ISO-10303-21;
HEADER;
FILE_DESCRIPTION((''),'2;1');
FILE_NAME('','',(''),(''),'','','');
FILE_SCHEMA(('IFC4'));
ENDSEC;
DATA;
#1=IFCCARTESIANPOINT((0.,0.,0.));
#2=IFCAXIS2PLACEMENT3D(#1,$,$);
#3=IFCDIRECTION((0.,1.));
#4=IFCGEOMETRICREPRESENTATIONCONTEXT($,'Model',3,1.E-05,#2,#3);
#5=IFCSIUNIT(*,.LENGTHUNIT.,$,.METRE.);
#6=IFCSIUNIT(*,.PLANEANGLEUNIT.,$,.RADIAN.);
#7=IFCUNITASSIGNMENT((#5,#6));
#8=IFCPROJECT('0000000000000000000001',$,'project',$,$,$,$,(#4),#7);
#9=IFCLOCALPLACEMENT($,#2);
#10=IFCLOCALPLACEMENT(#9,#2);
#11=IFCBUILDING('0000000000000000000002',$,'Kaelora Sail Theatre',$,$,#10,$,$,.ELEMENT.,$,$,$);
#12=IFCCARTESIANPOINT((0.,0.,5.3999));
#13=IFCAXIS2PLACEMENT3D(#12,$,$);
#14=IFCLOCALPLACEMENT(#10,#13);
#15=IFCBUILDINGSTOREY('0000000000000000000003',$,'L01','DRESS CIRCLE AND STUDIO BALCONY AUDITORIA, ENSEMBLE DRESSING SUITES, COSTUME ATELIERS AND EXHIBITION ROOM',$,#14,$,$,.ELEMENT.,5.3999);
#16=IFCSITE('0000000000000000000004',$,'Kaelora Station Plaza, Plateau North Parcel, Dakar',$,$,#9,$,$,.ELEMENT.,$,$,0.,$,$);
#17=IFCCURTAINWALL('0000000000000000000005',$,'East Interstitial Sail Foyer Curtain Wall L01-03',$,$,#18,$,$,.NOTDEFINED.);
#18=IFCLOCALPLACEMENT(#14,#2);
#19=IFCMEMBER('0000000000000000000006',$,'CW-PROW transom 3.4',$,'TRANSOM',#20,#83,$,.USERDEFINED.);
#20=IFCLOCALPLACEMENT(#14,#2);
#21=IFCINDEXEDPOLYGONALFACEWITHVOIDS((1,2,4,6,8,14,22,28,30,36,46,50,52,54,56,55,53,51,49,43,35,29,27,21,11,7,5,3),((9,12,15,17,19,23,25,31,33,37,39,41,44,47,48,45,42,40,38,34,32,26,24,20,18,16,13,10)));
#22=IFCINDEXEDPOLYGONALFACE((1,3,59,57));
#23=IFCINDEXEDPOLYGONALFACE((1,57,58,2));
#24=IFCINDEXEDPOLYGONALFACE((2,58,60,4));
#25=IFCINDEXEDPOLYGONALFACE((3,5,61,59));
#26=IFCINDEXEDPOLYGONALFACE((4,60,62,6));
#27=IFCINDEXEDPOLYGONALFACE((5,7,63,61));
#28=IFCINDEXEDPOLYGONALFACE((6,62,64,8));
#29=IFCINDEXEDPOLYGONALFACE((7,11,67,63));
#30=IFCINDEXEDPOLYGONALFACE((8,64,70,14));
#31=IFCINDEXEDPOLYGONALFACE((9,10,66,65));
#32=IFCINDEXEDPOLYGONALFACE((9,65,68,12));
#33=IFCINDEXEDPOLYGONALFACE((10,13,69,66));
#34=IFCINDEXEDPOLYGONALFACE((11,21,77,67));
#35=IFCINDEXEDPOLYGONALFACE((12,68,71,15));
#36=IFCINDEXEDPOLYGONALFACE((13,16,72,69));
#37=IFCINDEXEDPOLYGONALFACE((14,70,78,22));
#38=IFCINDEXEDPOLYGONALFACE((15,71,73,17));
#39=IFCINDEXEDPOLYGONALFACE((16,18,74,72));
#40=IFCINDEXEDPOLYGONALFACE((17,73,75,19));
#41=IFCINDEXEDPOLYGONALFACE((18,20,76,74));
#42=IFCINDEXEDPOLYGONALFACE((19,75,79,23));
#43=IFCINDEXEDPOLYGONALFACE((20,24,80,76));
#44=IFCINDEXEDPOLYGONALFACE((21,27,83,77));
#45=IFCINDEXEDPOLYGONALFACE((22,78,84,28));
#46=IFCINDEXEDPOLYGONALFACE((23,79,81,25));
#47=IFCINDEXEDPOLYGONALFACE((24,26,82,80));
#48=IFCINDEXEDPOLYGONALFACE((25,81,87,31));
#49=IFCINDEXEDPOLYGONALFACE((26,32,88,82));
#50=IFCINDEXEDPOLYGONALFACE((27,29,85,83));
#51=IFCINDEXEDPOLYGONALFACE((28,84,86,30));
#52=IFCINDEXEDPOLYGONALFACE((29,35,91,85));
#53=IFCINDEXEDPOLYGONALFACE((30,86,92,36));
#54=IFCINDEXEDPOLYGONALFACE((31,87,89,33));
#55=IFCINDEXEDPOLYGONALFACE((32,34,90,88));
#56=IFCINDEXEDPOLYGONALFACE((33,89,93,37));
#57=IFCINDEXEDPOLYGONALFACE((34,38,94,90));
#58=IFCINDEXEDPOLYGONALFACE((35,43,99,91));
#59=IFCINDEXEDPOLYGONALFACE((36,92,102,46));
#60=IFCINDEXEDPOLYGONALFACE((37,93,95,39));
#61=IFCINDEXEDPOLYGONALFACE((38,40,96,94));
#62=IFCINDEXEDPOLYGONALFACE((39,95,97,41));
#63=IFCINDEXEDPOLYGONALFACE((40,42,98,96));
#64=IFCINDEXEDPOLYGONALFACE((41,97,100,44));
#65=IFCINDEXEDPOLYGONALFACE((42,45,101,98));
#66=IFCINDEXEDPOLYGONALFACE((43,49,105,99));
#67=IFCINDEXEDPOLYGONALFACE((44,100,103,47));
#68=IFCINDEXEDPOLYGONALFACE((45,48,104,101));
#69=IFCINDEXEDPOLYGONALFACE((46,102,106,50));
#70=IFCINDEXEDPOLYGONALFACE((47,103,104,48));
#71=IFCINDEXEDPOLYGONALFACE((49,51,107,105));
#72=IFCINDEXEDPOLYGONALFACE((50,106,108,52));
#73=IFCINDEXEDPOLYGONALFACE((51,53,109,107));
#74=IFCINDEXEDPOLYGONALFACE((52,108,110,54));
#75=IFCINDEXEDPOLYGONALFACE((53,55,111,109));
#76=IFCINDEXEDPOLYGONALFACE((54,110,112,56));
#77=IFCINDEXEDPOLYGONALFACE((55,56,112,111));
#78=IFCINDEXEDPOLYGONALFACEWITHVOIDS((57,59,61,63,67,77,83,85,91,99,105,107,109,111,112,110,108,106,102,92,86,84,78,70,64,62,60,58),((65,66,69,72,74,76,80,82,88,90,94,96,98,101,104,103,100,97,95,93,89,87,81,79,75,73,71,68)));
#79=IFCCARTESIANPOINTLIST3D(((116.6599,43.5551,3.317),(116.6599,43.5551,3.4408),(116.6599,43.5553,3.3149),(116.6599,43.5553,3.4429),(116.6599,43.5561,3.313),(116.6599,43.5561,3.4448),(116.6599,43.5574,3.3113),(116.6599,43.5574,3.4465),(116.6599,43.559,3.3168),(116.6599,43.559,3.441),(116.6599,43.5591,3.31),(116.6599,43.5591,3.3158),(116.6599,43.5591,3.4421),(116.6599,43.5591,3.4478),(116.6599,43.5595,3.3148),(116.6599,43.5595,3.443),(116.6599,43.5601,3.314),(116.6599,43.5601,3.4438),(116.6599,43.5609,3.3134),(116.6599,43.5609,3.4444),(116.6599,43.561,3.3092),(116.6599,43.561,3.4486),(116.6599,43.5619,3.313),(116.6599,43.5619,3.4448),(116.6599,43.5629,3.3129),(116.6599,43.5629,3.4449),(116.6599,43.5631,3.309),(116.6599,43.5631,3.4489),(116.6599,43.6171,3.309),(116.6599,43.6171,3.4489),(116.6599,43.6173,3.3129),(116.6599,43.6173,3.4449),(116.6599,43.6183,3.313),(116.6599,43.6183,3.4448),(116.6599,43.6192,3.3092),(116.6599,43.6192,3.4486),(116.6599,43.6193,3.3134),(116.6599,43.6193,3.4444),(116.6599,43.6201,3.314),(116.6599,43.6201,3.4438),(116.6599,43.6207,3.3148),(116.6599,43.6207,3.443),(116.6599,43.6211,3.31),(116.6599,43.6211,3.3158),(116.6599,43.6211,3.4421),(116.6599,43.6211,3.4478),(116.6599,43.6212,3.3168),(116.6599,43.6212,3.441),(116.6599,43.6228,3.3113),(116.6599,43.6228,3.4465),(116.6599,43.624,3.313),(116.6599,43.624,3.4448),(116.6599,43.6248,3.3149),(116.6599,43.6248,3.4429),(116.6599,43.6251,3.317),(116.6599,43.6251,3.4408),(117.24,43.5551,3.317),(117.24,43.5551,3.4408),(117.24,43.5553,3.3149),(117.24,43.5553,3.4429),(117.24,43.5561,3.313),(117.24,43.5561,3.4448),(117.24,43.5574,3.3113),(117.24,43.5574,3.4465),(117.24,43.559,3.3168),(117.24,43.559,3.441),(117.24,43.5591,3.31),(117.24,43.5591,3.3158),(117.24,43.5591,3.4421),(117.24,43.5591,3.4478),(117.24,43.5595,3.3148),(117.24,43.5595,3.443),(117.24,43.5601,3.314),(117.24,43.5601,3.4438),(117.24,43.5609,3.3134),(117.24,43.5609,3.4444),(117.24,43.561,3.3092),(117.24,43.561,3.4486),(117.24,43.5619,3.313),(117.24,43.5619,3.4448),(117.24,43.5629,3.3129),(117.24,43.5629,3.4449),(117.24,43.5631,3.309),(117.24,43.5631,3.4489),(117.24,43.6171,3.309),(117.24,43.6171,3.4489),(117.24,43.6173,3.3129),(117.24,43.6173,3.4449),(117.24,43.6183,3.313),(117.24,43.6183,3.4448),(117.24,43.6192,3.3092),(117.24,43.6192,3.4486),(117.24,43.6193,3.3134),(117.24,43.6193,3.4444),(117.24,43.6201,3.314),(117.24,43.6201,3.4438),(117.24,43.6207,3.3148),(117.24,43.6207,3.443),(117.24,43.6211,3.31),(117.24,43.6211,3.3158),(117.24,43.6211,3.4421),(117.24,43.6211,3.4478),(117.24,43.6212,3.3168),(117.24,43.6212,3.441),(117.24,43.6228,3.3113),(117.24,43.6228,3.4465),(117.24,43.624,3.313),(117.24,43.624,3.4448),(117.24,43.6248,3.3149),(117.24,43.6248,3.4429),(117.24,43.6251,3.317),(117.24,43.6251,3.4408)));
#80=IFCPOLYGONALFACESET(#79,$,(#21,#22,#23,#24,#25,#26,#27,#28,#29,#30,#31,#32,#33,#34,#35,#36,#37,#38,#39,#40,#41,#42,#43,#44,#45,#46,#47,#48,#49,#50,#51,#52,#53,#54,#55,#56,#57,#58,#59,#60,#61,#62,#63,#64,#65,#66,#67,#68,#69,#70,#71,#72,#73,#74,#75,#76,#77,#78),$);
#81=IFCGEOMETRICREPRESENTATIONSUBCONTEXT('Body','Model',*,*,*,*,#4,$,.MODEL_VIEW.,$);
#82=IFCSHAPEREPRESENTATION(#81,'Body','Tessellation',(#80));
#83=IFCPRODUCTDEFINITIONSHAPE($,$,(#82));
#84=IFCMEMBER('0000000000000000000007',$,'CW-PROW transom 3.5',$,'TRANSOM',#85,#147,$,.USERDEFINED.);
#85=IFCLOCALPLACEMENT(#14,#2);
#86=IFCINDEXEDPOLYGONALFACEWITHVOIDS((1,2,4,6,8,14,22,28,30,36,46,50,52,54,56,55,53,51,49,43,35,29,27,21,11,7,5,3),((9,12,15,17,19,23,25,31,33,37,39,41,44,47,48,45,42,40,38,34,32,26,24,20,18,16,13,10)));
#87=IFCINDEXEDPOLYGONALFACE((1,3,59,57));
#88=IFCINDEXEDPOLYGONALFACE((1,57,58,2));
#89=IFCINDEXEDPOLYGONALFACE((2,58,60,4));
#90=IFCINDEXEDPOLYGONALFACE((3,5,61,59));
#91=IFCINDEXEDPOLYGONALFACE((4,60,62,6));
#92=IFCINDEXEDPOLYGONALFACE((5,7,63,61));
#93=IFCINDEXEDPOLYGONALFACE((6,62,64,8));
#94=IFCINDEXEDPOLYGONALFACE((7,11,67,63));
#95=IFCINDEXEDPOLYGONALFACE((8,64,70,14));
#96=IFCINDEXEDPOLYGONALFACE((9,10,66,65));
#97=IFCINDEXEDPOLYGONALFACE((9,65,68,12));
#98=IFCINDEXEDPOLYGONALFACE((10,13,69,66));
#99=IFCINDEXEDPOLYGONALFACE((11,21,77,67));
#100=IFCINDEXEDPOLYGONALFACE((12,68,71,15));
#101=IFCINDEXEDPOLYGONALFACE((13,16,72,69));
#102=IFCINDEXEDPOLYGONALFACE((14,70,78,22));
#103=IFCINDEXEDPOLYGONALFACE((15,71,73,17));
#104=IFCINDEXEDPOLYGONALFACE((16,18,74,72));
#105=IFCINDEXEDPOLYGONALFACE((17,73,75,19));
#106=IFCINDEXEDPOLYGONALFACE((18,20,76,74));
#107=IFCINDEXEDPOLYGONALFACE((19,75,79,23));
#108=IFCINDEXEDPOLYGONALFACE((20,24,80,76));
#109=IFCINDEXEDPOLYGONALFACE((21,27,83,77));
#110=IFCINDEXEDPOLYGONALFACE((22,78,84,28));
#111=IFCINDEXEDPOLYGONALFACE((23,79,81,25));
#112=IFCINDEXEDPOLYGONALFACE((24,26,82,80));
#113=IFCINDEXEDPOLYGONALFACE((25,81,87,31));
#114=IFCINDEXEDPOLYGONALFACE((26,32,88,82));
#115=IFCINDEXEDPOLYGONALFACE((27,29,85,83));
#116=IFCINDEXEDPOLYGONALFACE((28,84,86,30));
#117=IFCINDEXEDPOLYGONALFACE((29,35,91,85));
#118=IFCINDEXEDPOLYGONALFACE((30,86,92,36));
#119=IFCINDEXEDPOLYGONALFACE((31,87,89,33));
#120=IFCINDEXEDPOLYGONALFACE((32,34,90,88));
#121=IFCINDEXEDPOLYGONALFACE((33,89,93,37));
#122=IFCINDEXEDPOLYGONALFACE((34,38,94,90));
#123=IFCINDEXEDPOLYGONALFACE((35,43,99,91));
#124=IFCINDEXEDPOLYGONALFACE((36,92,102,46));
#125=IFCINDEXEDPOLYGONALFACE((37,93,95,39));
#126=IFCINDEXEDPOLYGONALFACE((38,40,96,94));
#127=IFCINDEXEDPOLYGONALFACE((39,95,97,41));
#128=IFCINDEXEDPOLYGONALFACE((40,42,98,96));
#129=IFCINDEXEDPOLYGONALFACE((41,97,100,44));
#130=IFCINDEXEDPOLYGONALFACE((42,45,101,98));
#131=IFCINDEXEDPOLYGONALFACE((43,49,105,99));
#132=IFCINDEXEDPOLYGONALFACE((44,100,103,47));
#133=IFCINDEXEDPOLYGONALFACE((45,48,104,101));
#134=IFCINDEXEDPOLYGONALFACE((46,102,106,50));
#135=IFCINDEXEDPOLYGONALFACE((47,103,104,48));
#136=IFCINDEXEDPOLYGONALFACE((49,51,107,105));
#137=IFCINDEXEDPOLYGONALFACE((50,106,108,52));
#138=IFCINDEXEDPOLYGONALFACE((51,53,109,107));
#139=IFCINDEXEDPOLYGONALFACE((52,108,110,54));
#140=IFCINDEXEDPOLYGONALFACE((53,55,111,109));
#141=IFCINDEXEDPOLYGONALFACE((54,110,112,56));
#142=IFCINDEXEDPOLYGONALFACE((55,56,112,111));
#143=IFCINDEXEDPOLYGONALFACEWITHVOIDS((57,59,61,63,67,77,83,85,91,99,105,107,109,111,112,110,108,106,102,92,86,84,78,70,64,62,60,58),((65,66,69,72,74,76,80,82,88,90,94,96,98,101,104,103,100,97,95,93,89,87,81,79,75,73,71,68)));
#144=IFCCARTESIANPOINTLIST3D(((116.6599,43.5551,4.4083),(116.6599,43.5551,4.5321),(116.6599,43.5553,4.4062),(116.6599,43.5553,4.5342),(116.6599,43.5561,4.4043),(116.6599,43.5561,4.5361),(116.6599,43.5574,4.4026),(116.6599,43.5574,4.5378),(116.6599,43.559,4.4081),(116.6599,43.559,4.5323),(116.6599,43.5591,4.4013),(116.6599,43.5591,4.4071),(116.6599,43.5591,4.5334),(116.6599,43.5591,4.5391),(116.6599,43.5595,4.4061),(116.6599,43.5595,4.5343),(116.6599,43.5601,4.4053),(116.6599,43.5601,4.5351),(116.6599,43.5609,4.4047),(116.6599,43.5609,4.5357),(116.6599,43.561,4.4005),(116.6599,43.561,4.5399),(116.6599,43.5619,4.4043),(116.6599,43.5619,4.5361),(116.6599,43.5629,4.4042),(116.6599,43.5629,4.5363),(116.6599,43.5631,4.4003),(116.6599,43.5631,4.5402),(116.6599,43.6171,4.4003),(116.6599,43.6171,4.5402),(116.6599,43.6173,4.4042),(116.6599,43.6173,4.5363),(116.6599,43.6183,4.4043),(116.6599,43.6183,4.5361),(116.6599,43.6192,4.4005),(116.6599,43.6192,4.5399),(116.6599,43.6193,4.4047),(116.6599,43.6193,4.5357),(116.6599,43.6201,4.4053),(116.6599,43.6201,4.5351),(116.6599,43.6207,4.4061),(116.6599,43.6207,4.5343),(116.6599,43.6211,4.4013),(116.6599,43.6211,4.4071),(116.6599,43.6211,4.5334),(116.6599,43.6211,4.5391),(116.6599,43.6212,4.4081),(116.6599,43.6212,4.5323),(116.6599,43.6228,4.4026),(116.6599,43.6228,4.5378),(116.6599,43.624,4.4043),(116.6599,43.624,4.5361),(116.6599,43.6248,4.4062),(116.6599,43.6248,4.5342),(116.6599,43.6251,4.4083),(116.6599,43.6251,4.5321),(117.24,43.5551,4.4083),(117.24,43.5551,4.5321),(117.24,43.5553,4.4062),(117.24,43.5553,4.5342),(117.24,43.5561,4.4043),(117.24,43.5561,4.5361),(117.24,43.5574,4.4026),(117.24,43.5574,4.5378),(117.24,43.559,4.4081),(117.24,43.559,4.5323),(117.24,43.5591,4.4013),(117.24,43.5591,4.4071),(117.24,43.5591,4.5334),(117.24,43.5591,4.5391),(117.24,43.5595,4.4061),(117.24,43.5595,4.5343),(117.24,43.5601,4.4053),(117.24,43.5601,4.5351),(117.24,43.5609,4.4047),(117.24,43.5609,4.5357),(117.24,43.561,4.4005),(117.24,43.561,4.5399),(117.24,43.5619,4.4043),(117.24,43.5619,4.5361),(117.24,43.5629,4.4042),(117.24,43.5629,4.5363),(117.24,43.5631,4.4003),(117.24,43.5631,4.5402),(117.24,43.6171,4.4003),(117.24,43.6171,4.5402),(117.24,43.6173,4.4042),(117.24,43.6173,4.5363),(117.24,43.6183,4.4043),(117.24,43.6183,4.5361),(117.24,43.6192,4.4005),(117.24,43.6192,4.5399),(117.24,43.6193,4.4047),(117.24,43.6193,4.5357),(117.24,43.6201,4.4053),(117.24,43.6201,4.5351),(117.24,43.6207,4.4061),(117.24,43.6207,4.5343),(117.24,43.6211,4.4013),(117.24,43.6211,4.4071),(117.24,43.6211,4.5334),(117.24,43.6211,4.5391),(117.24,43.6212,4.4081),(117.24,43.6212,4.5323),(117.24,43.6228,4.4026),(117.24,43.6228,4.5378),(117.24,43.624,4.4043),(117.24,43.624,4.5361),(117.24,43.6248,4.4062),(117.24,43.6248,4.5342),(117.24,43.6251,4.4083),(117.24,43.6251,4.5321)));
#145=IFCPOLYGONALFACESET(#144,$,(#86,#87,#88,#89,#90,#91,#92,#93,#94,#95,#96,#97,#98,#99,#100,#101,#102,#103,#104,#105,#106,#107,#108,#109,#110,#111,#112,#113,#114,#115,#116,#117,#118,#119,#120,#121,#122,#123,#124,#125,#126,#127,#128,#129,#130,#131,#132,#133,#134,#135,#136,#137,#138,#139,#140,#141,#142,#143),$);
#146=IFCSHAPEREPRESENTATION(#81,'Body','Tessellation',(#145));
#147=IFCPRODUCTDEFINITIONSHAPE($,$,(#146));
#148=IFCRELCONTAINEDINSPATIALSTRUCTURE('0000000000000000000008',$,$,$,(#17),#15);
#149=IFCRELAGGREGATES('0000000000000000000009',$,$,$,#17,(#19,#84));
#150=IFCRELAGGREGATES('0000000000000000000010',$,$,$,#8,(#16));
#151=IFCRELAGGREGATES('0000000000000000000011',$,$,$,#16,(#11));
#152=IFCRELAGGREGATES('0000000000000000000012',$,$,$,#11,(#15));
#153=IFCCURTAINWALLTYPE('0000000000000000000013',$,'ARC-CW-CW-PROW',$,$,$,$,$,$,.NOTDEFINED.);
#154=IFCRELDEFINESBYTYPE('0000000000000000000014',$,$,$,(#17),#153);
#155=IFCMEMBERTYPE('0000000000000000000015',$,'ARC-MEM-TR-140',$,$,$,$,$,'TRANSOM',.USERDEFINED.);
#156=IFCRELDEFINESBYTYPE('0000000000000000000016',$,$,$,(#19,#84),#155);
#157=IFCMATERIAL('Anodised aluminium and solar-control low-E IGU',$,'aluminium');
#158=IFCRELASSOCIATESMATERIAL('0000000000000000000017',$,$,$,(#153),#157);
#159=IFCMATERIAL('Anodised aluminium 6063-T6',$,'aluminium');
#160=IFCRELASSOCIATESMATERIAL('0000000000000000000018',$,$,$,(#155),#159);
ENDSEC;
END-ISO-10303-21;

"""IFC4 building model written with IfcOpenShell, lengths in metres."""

from ifc_helpers import new_model, si_unit, direction, frame, origin, origin_2d, place, context, subcontext, project, spatial, hollow_rectangle, extrude, material, material_profile, profile_set, type_object, element, aggregate, save


model = new_model("IFC4")

# Units and contexts
model_context = context("Model", 3, precision=1e-05, world=origin(), true_north=direction((0.0, 1.0)))
body_context = subcontext(model_context, "Body", "Model", "MODEL_VIEW")
ifc_project = project(units=[si_unit("LENGTHUNIT", "METRE"), si_unit("PLANEANGLEUNIT", "RADIAN")], contexts=[model_context])

# Site, building, storey
site_placement = place(None, origin())
site = spatial("IfcSite", under=ifc_project, at=site_placement, Name="Kaelora Station Plaza, Plateau North Parcel, Dakar", CompositionType="ELEMENT", RefElevation=0.0)
building_placement = place(site_placement, origin())
building = spatial("IfcBuilding", under=site, at=building_placement, Name="Kaelora Sail Theatre", CompositionType="ELEMENT")
storey_placement = place(building_placement, frame((0.0, 0.0, 5.3999)))
storey = spatial("IfcBuildingStorey", under=building, at=storey_placement, Name="L01", Description="DRESS CIRCLE AND STUDIO BALCONY AUDITORIA, ENSEMBLE DRESSING SUITES, COSTUME ATELIERS AND EXHIBITION ROOM", CompositionType="ELEMENT", Elevation=5.3999)

# Curtain wall, members
ifc_material_1 = material(Name="Anodised aluminium and solar-control low-E IGU", Category="aluminium")
curtain_wall_type = type_object("IfcCurtainWallType", Name="ARC-CW-CW-PROW", PredefinedType="NOTDEFINED", material=ifc_material_1)
curtain_wall_placement = place(storey_placement, origin())
curtain_wall = element("IfcCurtainWall", 1, at=curtain_wall_placement, inside=storey, type_object=curtain_wall_type, Name="East Interstitial Sail Foyer Curtain Wall L01-03", PredefinedType="NOTDEFINED")
ifc_material_2 = material(Name="Anodised aluminium 6063-T6", Category="aluminium")
ifc_material_profile_1 = material_profile(ifc_material_2, hollow_rectangle(XDim=0.0701, YDim=0.1399, WallThickness=0.0039, InnerFilletRadius=0.0039, OuterFilletRadius=0.0081, at=origin_2d()), Name="ALU-TRAN 70x140x4")
ifc_profile_set_1 = profile_set([ifc_material_profile_1], Name="Anodised aluminium 6063-T6")
member_type_1 = type_object("IfcMemberType", Name="ARC-MEM-TR-140", ElementType="TRANSOM", PredefinedType="USERDEFINED", material=ifc_profile_set_1)
member_1_placement = place(storey_placement, frame((116.6599, 43.5901, 3.3789), z_axis=(1.0, 0.0, 0.0), x_axis=(0.0, 1.0, 0.0)))
member_1 = element("IfcMember", 2, at=member_1_placement, type_object=member_type_1, Name="CW-PROW transom 3.4", ObjectType="TRANSOM", PredefinedType="USERDEFINED", context=body_context, shape_type="SweptSolid", body=[
    extrude(hollow_rectangle(XDim=0.0701, YDim=0.1399, WallThickness=0.0039, InnerFilletRadius=0.0039, OuterFilletRadius=0.0081, at=origin_2d()), origin(), (0.0, 0.0, 1.0), 0.5801),
])
member_2_placement = place(storey_placement, frame((116.6599, 43.5901, 4.4702), z_axis=(1.0, 0.0, 0.0), x_axis=(0.0, 1.0, 0.0)))
member_2 = element("IfcMember", 3, at=member_2_placement, type_object=member_type_1, Name="CW-PROW transom 3.5", ObjectType="TRANSOM", PredefinedType="USERDEFINED", context=body_context, shape_type="SweptSolid", body=[
    extrude(hollow_rectangle(XDim=0.0701, YDim=0.1399, WallThickness=0.0039, InnerFilletRadius=0.0039, OuterFilletRadius=0.0081, at=origin_2d()), origin(), (0.0, 0.0, 1.0), 0.5801),
])
aggregate(curtain_wall, [member_1, member_2])

save(model, "model.ifc")
